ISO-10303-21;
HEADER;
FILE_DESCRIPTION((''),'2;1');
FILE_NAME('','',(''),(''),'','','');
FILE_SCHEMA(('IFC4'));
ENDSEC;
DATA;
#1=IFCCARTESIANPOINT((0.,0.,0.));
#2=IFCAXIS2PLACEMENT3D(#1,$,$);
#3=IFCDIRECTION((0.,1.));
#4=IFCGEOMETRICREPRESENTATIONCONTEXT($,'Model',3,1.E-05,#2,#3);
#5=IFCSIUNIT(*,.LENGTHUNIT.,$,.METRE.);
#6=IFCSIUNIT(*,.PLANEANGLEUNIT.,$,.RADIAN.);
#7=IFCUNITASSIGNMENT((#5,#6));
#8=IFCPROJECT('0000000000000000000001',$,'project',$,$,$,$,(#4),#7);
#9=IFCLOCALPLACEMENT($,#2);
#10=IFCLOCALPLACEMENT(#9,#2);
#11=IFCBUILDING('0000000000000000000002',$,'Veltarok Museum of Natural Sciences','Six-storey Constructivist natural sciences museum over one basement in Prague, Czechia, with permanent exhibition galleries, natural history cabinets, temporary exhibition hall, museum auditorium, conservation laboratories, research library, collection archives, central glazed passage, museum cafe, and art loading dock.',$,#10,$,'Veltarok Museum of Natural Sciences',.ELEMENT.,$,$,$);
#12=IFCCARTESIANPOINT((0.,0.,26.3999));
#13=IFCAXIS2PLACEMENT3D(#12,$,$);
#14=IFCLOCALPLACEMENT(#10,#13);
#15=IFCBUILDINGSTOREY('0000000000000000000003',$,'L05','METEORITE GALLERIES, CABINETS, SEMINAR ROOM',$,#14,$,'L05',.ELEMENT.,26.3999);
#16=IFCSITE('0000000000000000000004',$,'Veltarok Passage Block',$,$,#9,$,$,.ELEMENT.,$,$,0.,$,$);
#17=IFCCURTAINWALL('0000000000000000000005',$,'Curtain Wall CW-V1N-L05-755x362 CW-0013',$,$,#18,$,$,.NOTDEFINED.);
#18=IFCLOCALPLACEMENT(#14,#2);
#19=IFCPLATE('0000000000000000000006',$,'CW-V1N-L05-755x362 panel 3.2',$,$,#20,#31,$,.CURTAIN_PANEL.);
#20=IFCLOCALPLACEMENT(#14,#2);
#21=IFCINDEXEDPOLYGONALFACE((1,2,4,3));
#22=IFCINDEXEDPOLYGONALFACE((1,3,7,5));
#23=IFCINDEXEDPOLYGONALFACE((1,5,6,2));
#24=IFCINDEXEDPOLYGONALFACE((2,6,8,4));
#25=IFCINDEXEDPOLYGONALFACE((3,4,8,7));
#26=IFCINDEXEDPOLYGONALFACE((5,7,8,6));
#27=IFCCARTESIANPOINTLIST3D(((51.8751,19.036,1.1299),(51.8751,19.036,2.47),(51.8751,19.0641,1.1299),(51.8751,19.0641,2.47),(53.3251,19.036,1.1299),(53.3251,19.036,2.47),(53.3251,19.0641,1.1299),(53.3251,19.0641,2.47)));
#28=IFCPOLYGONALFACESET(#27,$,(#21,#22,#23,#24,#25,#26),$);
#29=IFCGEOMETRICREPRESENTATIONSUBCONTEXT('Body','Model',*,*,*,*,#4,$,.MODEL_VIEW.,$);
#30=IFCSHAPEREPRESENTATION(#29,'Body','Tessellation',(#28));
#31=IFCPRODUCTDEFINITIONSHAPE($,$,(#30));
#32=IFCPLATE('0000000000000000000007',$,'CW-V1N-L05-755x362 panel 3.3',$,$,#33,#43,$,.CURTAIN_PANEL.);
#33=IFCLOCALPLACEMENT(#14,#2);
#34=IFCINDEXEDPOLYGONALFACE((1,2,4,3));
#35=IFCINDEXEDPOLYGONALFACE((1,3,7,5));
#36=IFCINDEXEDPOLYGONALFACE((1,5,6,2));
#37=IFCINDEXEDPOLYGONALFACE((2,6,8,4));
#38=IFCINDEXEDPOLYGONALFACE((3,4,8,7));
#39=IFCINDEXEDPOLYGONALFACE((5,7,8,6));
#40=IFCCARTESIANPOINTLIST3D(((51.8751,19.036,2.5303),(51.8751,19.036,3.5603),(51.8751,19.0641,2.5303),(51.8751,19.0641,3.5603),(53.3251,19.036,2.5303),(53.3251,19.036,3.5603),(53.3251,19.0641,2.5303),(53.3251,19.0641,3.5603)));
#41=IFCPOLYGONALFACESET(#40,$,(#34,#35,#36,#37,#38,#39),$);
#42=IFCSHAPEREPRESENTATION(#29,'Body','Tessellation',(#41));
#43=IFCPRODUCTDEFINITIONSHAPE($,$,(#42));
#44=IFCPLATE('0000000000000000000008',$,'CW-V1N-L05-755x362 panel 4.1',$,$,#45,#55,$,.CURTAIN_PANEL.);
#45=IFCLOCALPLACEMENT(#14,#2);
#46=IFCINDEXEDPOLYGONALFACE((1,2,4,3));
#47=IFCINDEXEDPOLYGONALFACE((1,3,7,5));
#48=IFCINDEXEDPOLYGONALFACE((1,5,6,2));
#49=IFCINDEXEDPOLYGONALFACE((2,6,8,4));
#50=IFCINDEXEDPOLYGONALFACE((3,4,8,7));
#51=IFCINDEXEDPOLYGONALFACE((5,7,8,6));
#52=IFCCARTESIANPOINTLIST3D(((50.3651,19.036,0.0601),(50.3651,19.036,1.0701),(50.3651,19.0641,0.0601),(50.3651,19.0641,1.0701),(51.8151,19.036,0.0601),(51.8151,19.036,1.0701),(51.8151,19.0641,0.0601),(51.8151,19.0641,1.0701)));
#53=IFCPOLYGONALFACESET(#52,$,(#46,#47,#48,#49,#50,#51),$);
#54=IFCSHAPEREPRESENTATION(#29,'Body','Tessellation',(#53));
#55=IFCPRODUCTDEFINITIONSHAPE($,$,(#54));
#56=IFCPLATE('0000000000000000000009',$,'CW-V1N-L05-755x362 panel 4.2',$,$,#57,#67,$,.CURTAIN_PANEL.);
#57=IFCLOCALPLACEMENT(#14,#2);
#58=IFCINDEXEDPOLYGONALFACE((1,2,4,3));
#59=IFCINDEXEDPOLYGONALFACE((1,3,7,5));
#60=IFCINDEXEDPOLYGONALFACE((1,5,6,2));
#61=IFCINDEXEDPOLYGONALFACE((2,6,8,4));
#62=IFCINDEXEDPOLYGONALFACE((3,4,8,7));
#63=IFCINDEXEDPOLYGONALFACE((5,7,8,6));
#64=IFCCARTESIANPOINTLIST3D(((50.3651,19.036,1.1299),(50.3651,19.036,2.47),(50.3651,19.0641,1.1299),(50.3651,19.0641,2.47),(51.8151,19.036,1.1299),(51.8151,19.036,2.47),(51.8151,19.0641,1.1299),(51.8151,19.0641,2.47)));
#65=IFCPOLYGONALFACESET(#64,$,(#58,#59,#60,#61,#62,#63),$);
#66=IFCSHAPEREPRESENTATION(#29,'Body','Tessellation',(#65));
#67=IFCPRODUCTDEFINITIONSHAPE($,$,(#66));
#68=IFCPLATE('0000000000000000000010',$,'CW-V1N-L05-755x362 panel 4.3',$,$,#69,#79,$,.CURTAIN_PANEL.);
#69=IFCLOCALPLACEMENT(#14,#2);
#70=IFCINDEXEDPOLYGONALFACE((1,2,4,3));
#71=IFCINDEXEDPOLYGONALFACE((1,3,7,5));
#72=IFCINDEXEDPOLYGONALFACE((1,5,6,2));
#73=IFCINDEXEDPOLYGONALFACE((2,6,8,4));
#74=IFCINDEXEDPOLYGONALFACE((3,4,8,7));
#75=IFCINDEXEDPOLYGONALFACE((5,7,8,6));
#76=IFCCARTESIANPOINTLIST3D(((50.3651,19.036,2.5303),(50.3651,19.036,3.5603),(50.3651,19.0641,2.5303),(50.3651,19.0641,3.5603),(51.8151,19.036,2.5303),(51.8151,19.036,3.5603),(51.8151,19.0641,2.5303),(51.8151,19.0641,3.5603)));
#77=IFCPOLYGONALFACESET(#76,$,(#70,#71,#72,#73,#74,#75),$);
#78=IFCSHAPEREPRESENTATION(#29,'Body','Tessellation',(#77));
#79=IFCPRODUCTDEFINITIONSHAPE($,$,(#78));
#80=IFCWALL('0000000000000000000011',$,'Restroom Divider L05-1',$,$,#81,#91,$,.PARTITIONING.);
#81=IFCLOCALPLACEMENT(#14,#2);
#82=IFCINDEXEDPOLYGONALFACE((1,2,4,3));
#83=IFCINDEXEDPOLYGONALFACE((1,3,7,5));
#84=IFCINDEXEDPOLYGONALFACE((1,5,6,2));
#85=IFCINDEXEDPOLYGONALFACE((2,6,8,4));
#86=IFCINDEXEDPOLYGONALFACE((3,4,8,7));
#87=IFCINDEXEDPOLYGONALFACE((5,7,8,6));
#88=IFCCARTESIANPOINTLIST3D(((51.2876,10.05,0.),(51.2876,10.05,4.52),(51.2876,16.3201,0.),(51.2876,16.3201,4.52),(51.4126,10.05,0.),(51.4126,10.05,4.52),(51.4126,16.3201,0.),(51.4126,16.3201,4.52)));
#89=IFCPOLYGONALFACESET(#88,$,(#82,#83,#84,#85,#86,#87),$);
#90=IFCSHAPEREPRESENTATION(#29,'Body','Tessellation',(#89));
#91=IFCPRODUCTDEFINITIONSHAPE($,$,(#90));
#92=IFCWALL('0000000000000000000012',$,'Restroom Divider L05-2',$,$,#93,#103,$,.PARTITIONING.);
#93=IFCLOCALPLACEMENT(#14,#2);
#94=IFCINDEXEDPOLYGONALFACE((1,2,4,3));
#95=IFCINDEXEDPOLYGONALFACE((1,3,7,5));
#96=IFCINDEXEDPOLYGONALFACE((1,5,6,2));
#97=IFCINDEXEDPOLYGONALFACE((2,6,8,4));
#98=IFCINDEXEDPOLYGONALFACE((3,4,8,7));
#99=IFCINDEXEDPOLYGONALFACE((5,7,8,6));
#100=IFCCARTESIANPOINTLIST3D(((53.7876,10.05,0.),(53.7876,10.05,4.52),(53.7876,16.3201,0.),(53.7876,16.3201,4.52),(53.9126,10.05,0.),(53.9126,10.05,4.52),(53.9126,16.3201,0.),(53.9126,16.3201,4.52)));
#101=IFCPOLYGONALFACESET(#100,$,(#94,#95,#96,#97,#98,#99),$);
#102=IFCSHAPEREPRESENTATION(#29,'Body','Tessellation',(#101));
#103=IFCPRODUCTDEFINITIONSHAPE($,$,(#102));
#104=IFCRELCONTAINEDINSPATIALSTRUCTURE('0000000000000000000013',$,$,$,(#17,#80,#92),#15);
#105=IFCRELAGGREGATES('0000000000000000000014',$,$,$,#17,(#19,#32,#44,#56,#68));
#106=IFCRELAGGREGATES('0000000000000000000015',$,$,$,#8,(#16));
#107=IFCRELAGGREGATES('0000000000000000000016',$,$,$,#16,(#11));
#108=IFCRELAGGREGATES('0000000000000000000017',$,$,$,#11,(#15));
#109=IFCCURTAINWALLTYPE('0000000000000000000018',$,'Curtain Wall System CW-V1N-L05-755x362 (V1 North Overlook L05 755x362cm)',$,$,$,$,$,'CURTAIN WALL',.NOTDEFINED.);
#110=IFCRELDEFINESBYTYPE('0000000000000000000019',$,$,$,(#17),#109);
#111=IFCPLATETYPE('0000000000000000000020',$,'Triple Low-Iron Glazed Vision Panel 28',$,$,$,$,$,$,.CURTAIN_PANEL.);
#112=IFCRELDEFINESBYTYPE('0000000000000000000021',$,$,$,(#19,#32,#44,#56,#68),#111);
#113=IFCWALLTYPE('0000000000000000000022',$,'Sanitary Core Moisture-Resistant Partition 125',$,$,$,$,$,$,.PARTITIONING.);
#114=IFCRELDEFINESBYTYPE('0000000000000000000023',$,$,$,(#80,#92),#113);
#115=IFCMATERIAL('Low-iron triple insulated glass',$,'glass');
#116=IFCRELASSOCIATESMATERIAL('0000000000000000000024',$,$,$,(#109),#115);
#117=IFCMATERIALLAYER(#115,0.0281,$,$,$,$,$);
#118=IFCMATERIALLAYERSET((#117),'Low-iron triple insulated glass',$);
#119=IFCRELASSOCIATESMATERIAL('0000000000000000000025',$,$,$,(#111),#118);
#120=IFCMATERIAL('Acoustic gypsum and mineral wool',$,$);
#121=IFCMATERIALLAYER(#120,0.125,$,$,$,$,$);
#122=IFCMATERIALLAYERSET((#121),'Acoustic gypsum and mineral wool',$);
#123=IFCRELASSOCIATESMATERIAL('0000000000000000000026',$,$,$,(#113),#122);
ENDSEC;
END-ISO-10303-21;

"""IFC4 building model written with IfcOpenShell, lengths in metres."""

from ifc_helpers import new_model, si_unit, direction, frame, frame_2d, origin, origin_2d, place, context, subcontext, project, spatial, rectangle, extrude, material, layer, layer_set, type_object, element, aggregate, save


model = new_model("IFC4")

# Units and contexts
model_context = context("Model", 3, precision=1e-05, world=origin(), true_north=direction((0.0, 1.0)))
body_context = subcontext(model_context, "Body", "Model", "MODEL_VIEW")
ifc_project = project(units=[si_unit("LENGTHUNIT", "METRE"), si_unit("PLANEANGLEUNIT", "RADIAN")], contexts=[model_context])

# Site, building, storey
site_placement = place(None, origin())
site = spatial("IfcSite", under=ifc_project, at=site_placement, Name="Veltarok Passage Block", CompositionType="ELEMENT", RefElevation=0.0)
building_placement = place(site_placement, origin())
building = spatial("IfcBuilding", under=site, at=building_placement, Name="Veltarok Museum of Natural Sciences", Description="Six-storey Constructivist natural sciences museum over one basement in Prague, Czechia, with permanent exhibition galleries, natural history cabinets, temporary exhibition hall, museum auditorium, conservation laboratories, research library, collection archives, central glazed passage, museum cafe, and art loading dock.", LongName="Veltarok Museum of Natural Sciences", CompositionType="ELEMENT")
storey_placement = place(building_placement, frame((0.0, 0.0, 26.3999)))
storey = spatial("IfcBuildingStorey", under=building, at=storey_placement, Name="L05", Description="METEORITE GALLERIES, CABINETS, SEMINAR ROOM", LongName="L05", CompositionType="ELEMENT", Elevation=26.3999)

# Curtain wall
ifc_material_1 = material(Name="Low-iron triple insulated glass", Category="glass")
curtain_wall_type = type_object("IfcCurtainWallType", Name="Curtain Wall System CW-V1N-L05-755x362 (V1 North Overlook L05 755x362cm)", ElementType="CURTAIN WALL", PredefinedType="NOTDEFINED", material=ifc_material_1)
curtain_wall_placement = place(storey_placement, origin())
curtain_wall = element("IfcCurtainWall", 1, at=curtain_wall_placement, inside=storey, type_object=curtain_wall_type, Name="Curtain Wall CW-V1N-L05-755x362 CW-0013", PredefinedType="NOTDEFINED")

# Plates
ifc_layer_1 = layer(ifc_material_1, 0.0281)
ifc_layer_set_1 = layer_set([ifc_layer_1], Name="Low-iron triple insulated glass")
plate_type = type_object("IfcPlateType", Name="Triple Low-Iron Glazed Vision Panel 28", PredefinedType="CURTAIN_PANEL", material=ifc_layer_set_1)
plate_1_placement = place(storey_placement, frame((52.6001, 19.05, 1.1299), z_axis=(0.0, 0.0, 1.0), x_axis=(-1.0, 0.0, 0.0)))
plate_1 = element("IfcPlate", 2, at=plate_1_placement, type_object=plate_type, Name="CW-V1N-L05-755x362 panel 3.2", PredefinedType="CURTAIN_PANEL", context=body_context, shape_type="SweptSolid", body=[
    extrude(rectangle(XDim=1.45, YDim=0.0281, at=origin_2d()), origin(), (0.0, 0.0, 1.0), 1.3401),
])
plate_2_placement = place(storey_placement, frame((52.6001, 19.05, 2.5303), z_axis=(0.0, 0.0, 1.0), x_axis=(-1.0, 0.0, 0.0)))
plate_2 = element("IfcPlate", 3, at=plate_2_placement, type_object=plate_type, Name="CW-V1N-L05-755x362 panel 3.3", PredefinedType="CURTAIN_PANEL", context=body_context, shape_type="SweptSolid", body=[
    extrude(rectangle(XDim=1.45, YDim=0.0281, at=origin_2d()), origin(), (0.0, 0.0, 1.0), 1.03),
])
plate_3_placement = place(storey_placement, frame((51.0901, 19.05, 0.0601), z_axis=(0.0, 0.0, 1.0), x_axis=(-1.0, 0.0, 0.0)))
plate_3 = element("IfcPlate", 4, at=plate_3_placement, type_object=plate_type, Name="CW-V1N-L05-755x362 panel 4.1", PredefinedType="CURTAIN_PANEL", context=body_context, shape_type="SweptSolid", body=[
    extrude(rectangle(XDim=1.45, YDim=0.0281, at=origin_2d()), origin(), (0.0, 0.0, 1.0), 1.01),
])
plate_4_placement = place(storey_placement, frame((51.0901, 19.05, 1.1299), z_axis=(0.0, 0.0, 1.0), x_axis=(-1.0, 0.0, 0.0)))
plate_4 = element("IfcPlate", 5, at=plate_4_placement, type_object=plate_type, Name="CW-V1N-L05-755x362 panel 4.2", PredefinedType="CURTAIN_PANEL", context=body_context, shape_type="SweptSolid", body=[
    extrude(rectangle(XDim=1.45, YDim=0.0281, at=origin_2d()), origin(), (0.0, 0.0, 1.0), 1.3401),
])
plate_5_placement = place(storey_placement, frame((51.0901, 19.05, 2.5303), z_axis=(0.0, 0.0, 1.0), x_axis=(-1.0, 0.0, 0.0)))
plate_5 = element("IfcPlate", 6, at=plate_5_placement, type_object=plate_type, Name="CW-V1N-L05-755x362 panel 4.3", PredefinedType="CURTAIN_PANEL", context=body_context, shape_type="SweptSolid", body=[
    extrude(rectangle(XDim=1.45, YDim=0.0281, at=origin_2d()), origin(), (0.0, 0.0, 1.0), 1.03),
])
aggregate(curtain_wall, [plate_1, plate_2, plate_3, plate_4, plate_5])

# Walls
ifc_material_2 = material(Name="Acoustic gypsum and mineral wool")
ifc_layer_2 = layer(ifc_material_2, 0.125)
ifc_layer_set_2 = layer_set([ifc_layer_2], Name="Acoustic gypsum and mineral wool")
wall_type = type_object("IfcWallType", Name="Sanitary Core Moisture-Resistant Partition 125", PredefinedType="PARTITIONING", material=ifc_layer_set_2)
for number, where, z_axis, x_axis, name in (
    (7, (51.3501, 10.05, 0.0), (0.0, 0.0, 1.0), (0.0, 1.0, 0.0), "Restroom Divider L05-1"),
    (8, (53.8501, 10.05, 0.0), (0.0, 0.0, 1.0), (0.0, 1.0, 0.0), "Restroom Divider L05-2"),
):
    element("IfcWall", number, at=place(storey_placement, frame(where, z_axis=z_axis, x_axis=x_axis)), inside=storey, type_object=wall_type, Name=name, PredefinedType="PARTITIONING", context=body_context, shape_type="SweptSolid", body=[
        extrude(rectangle(XDim=6.27, YDim=0.125, at=frame_2d((3.135, 0.0))), origin(), (0.0, 0.0, 1.0), 4.52),
    ])

save(model, "model.ifc")
